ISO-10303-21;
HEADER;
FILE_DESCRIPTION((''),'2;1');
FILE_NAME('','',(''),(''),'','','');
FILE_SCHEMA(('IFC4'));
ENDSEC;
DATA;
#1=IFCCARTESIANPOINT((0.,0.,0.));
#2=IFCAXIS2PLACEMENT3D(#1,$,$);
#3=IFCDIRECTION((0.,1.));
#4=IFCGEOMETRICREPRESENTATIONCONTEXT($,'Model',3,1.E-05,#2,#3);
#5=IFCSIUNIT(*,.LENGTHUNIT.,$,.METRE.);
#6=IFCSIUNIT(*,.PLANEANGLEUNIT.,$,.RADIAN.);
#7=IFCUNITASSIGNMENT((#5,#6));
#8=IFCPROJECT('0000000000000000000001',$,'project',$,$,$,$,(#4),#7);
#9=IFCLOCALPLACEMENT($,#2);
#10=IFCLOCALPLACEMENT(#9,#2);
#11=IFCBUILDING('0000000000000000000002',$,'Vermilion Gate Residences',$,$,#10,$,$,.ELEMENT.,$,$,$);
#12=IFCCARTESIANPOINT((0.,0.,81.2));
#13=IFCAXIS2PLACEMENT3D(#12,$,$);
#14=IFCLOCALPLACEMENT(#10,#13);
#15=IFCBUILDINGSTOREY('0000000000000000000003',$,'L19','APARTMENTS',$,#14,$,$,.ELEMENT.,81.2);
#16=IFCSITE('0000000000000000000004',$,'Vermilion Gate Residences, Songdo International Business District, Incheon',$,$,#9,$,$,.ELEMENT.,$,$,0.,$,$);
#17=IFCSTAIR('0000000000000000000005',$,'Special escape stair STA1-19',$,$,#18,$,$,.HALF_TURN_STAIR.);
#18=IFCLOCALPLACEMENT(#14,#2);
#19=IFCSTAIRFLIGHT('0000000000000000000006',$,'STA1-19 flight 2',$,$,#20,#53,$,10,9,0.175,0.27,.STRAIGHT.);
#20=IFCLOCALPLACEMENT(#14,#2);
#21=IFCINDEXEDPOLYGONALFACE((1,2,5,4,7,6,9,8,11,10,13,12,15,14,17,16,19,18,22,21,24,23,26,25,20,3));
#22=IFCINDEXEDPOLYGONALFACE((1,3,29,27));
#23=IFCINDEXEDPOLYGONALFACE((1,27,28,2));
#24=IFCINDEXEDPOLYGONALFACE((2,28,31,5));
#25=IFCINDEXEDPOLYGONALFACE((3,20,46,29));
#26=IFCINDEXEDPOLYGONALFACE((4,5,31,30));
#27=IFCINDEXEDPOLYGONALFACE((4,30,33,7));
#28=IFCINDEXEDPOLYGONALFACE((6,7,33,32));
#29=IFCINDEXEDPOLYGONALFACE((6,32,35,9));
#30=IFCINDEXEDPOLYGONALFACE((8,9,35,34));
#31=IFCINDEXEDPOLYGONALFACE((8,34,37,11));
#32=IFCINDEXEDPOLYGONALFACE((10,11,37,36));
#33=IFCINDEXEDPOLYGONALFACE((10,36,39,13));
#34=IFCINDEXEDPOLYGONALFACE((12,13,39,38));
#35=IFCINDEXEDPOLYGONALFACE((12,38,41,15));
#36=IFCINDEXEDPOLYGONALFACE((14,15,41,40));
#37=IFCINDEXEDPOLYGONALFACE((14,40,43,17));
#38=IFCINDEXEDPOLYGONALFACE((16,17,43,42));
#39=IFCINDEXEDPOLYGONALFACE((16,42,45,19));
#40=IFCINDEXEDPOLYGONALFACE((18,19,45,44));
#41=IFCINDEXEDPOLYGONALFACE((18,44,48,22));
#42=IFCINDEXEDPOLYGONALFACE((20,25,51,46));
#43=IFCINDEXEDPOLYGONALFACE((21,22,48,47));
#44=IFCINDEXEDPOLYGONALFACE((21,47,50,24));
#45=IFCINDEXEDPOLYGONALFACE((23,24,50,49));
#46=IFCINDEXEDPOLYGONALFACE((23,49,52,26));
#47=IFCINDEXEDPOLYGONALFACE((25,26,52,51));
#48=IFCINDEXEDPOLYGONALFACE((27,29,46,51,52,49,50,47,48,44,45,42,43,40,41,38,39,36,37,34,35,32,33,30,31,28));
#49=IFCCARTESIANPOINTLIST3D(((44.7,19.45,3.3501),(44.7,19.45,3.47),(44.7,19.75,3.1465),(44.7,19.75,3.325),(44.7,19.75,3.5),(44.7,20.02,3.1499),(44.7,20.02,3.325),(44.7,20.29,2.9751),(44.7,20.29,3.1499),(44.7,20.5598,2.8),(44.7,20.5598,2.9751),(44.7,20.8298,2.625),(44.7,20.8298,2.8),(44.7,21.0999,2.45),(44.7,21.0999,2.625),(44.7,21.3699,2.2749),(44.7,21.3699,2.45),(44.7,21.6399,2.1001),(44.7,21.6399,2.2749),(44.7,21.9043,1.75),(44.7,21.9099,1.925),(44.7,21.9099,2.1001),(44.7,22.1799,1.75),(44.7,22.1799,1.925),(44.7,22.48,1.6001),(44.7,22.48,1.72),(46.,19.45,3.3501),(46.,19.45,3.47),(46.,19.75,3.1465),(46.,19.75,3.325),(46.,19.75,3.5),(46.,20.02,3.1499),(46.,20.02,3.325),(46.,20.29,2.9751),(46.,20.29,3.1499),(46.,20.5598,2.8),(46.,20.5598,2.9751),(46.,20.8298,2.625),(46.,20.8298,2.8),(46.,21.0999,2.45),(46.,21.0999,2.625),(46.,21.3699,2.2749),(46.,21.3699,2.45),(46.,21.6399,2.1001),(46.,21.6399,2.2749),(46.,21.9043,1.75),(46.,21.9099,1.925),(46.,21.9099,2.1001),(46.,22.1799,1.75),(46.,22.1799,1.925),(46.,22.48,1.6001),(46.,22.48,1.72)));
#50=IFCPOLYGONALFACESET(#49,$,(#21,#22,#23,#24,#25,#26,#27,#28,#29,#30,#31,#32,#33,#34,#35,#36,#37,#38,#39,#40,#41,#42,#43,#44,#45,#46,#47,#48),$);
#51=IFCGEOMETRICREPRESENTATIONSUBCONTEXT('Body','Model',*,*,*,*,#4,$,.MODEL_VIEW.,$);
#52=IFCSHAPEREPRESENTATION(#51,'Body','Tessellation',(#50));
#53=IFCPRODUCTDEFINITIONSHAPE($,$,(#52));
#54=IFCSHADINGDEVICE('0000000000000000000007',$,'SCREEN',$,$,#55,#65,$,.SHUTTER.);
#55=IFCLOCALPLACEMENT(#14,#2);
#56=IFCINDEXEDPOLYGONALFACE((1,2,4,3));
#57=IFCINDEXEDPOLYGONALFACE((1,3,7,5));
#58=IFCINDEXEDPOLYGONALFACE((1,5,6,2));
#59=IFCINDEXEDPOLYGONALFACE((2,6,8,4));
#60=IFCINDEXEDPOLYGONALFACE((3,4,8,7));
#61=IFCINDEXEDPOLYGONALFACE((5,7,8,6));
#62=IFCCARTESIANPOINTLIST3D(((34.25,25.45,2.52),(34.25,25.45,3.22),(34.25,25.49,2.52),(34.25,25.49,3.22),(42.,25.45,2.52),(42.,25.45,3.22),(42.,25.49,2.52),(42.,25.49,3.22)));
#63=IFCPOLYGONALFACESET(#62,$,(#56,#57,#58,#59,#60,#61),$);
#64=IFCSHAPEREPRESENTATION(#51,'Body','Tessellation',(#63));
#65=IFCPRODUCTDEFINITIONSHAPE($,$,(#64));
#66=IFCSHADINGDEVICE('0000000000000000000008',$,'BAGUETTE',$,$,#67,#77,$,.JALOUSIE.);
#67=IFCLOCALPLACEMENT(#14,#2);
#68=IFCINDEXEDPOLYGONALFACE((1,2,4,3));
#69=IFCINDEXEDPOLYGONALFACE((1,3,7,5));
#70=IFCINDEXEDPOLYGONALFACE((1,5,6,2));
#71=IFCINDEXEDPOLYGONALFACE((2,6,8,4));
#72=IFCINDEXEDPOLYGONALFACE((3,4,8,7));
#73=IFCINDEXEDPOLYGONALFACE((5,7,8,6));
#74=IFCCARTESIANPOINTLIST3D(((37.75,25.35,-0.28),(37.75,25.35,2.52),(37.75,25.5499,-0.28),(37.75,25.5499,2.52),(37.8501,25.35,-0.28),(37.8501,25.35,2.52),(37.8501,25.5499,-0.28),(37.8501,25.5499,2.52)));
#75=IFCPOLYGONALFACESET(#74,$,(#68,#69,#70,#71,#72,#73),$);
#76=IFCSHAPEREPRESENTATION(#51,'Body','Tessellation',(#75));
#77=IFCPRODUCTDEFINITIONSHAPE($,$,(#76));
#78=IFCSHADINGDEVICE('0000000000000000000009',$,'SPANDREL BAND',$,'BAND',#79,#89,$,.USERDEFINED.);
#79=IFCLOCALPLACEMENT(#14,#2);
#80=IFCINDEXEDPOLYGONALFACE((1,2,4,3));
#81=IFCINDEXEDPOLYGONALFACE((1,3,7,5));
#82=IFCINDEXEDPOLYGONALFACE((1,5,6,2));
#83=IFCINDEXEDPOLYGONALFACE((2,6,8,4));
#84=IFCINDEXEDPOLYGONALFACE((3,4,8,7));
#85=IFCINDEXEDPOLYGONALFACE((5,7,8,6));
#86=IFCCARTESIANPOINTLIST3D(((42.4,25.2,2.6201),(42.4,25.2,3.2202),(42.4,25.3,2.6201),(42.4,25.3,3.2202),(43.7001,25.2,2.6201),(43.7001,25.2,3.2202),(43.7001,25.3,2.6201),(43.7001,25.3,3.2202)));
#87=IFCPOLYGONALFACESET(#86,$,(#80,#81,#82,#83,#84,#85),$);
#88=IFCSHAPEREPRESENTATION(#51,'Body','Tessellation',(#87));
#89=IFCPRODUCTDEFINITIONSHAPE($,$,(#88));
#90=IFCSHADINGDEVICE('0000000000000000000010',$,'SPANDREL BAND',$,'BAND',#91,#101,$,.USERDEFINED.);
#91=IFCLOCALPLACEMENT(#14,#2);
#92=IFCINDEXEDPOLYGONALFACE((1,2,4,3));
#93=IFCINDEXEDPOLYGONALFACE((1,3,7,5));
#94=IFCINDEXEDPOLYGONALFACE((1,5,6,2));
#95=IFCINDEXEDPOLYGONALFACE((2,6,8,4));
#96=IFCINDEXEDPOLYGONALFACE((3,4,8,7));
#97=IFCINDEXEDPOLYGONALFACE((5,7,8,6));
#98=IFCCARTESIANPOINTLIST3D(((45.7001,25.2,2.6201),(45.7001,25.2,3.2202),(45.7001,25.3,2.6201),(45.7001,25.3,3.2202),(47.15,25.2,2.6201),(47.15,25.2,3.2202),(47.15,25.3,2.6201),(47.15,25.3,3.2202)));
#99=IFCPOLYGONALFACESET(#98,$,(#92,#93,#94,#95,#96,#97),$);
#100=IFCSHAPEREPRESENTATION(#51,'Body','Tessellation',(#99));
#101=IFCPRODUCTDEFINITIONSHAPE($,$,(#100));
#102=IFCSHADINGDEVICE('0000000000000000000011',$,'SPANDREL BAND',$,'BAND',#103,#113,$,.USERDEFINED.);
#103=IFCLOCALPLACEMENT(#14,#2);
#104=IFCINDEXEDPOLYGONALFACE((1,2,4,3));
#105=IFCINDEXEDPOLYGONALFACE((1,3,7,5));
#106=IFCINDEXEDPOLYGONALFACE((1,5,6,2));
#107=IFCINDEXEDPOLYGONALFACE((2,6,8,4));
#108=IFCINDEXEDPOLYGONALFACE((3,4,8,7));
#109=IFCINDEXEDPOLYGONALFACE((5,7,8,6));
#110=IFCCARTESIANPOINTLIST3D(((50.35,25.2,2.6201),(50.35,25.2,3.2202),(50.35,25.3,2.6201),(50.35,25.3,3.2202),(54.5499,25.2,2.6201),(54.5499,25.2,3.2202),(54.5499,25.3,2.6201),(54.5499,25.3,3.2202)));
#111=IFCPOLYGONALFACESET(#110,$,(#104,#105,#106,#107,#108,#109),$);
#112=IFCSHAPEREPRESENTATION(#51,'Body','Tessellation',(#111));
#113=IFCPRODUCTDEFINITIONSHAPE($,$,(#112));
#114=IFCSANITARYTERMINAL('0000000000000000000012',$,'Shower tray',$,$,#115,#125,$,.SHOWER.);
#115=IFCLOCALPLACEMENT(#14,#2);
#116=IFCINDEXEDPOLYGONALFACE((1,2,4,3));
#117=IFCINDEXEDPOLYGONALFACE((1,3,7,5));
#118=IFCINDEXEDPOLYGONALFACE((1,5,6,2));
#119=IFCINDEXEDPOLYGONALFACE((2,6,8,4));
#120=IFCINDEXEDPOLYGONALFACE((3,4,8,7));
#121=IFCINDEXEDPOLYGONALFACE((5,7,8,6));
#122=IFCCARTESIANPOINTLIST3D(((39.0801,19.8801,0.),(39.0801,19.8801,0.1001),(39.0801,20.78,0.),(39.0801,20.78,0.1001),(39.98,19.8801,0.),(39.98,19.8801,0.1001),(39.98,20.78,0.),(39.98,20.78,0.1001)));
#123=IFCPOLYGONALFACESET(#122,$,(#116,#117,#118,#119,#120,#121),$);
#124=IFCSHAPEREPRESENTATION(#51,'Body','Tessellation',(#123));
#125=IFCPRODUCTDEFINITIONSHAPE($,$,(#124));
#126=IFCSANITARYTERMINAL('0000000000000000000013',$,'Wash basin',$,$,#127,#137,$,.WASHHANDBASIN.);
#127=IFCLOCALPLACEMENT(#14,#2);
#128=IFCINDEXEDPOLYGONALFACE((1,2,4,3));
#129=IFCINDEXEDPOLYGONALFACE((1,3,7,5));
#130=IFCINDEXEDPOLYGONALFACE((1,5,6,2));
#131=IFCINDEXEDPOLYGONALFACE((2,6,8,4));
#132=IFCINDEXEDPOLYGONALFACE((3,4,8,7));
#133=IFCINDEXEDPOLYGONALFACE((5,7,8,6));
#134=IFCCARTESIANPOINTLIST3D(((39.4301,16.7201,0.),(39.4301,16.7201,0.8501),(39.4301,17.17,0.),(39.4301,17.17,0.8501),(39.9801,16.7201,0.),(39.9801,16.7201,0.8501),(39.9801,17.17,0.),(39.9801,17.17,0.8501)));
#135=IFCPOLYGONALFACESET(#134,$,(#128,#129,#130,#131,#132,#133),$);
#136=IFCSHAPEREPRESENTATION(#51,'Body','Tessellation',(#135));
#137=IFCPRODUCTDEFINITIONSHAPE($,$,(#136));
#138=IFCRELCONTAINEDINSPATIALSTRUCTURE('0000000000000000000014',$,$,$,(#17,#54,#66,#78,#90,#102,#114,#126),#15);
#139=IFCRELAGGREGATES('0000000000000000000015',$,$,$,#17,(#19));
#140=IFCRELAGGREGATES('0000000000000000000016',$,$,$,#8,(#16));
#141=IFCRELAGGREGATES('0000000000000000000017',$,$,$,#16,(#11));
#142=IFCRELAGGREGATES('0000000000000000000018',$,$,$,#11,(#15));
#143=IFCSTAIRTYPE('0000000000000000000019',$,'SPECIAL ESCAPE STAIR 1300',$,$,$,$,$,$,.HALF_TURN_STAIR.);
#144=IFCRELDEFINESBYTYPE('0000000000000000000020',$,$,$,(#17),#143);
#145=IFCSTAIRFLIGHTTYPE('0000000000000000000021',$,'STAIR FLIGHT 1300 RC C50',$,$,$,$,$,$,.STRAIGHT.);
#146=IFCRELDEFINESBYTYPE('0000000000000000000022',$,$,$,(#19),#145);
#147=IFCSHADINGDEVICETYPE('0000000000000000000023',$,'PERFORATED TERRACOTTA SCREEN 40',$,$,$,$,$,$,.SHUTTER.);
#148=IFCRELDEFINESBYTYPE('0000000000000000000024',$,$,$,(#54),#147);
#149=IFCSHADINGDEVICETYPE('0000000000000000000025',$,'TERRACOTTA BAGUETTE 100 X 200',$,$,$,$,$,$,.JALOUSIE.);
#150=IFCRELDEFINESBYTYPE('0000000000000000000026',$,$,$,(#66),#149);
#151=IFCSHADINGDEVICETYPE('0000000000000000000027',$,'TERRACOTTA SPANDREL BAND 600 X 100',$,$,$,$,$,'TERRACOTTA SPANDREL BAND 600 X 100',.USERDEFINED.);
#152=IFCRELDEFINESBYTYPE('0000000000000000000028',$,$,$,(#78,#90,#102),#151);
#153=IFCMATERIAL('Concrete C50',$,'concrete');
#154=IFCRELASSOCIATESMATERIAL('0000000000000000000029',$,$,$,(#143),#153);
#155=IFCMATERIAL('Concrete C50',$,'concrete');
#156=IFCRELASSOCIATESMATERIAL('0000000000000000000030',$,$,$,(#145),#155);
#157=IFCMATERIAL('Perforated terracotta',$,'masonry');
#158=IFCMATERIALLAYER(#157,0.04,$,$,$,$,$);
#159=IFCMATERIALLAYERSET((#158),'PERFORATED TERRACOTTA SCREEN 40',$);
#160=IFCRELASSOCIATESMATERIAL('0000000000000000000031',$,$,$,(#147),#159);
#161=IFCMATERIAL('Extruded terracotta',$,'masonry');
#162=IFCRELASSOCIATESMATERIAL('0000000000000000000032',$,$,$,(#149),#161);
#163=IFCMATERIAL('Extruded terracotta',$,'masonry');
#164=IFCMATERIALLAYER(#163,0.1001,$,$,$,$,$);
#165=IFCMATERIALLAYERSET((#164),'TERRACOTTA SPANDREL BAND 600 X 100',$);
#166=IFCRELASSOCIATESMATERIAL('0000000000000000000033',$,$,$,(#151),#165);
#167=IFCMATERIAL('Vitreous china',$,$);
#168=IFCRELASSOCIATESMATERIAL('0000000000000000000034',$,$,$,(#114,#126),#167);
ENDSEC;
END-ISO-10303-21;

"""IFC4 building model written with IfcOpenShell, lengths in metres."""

from ifc_helpers import new_model, si_unit, direction, frame, origin, origin_2d, place, context, subcontext, project, spatial, polyline, rectangle, outline, extrude, material, layer, layer_set, material_profile, profile_set, type_object, element, aggregate, save


model = new_model("IFC4")

# Units and contexts
model_context = context("Model", 3, precision=1e-05, world=origin(), true_north=direction((0.0, 1.0)))
body_context = subcontext(model_context, "Body", "Model", "MODEL_VIEW")
ifc_project = project(units=[si_unit("LENGTHUNIT", "METRE"), si_unit("PLANEANGLEUNIT", "RADIAN")], contexts=[model_context])

# Site, building, storey
site_placement = place(None, origin())
site = spatial("IfcSite", under=ifc_project, at=site_placement, Name="Vermilion Gate Residences, Songdo International Business District, Incheon", CompositionType="ELEMENT", RefElevation=0.0)
building_placement = place(site_placement, origin())
building = spatial("IfcBuilding", under=site, at=building_placement, Name="Vermilion Gate Residences", CompositionType="ELEMENT")
storey_placement = place(building_placement, frame((0.0, 0.0, 81.2)))
storey = spatial("IfcBuildingStorey", under=building, at=storey_placement, Name="L19", Description="APARTMENTS", CompositionType="ELEMENT", Elevation=81.2)

# Stair, stair flight
ifc_material_1 = material(Name="Concrete C50", Category="concrete")
stair_type = type_object("IfcStairType", Name="SPECIAL ESCAPE STAIR 1300", PredefinedType="HALF_TURN_STAIR", material=ifc_material_1)
stair_placement = place(storey_placement, origin())
stair = element("IfcStair", 1, at=stair_placement, inside=storey, type_object=stair_type, Name="Special escape stair STA1-19", PredefinedType="HALF_TURN_STAIR")
ifc_material_2 = material(Name="Concrete C50", Category="concrete")
stair_flight_type = type_object("IfcStairFlightType", Name="STAIR FLIGHT 1300 RC C50", PredefinedType="STRAIGHT", material=ifc_material_2)
stair_flight_1_placement = place(storey_placement, frame((45.3501, 22.1799, 1.75), z_axis=(0.0, 0.0, 1.0), x_axis=(0.0, -1.0, 0.0)))
stair_flight_1 = element("IfcStairFlight", 2, at=stair_flight_1_placement, type_object=stair_flight_type, Name="STA1-19 flight 2", NumberOfRisers=10, NumberOfTreads=9, PredefinedType="STRAIGHT", RiserHeight=0.175, TreadLength=0.27, context=body_context, shape_type="SweptSolid", body=[
    extrude(outline(polyline([(-0.3, -0.1499), (-0.3, -0.03), (0.0, 0.0), (0.0, 0.175), (0.27, 0.175), (0.27, 0.3501), (0.54, 0.3501), (0.54, 0.5249), (0.8101, 0.5249), (0.8101, 0.7), (1.0801, 0.7), (1.0801, 0.875), (1.3501, 0.875), (1.3501, 1.05), (1.6201, 1.05), (1.6201, 1.2251), (1.8899, 1.2251), (1.8899, 1.3999), (2.1599, 1.3999), (2.1599, 1.575), (2.4299, 1.575), (2.4299, 1.75), (2.73, 1.72), (2.73, 1.6001), (2.4299, 1.3965), (0.2756, 0.0), (-0.3, -0.1499)])), frame((0.0, 0.6499, 0.0), z_axis=(0.0, -1.0, 0.0), x_axis=(1.0, 0.0, 0.0)), (0.0, 0.0, 1.0), 1.3),
])
aggregate(stair, [stair_flight_1])

# Shading device
ifc_material_3 = material(Name="Perforated terracotta", Category="masonry")
ifc_layer_1 = layer(ifc_material_3, 0.04)
ifc_layer_set_1 = layer_set([ifc_layer_1], Name="PERFORATED TERRACOTTA SCREEN 40")
shading_device_type_1 = type_object("IfcShadingDeviceType", Name="PERFORATED TERRACOTTA SCREEN 40", PredefinedType="SHUTTER", material=ifc_layer_set_1)
shading_device_1_placement = place(storey_placement, frame((38.125, 25.47, 2.52), z_axis=(0.0, 0.0, 1.0), x_axis=(-1.0, 0.0, 0.0)))
element("IfcShadingDevice", 3, at=shading_device_1_placement, inside=storey, type_object=shading_device_type_1, Name="SCREEN", PredefinedType="SHUTTER", context=body_context, shape_type="SweptSolid", body=[
    extrude(rectangle(XDim=7.75, YDim=0.04, at=origin_2d()), origin(), (0.0, 0.0, 1.0), 0.7),
])

# Shading devices
ifc_material_4 = material(Name="Extruded terracotta", Category="masonry")
ifc_material_profile = material_profile(ifc_material_4, rectangle(XDim=0.2, YDim=0.1001, at=origin_2d()), Name="BAGUETTE 100 X 200")
ifc_profile_set = profile_set([ifc_material_profile], Name="Extruded terracotta")
shading_device_type_2 = type_object("IfcShadingDeviceType", Name="TERRACOTTA BAGUETTE 100 X 200", PredefinedType="JALOUSIE", material=ifc_profile_set)
shading_device_2_placement = place(storey_placement, frame((37.8, 25.45, -0.28), z_axis=(0.0, 0.0, 1.0), x_axis=(0.0, -1.0, 0.0)))
element("IfcShadingDevice", 4, at=shading_device_2_placement, inside=storey, type_object=shading_device_type_2, Name="BAGUETTE", PredefinedType="JALOUSIE", context=body_context, shape_type="SweptSolid", body=[
    extrude(rectangle(XDim=0.2, YDim=0.1001, at=origin_2d()), origin(), (0.0, 0.0, 1.0), 2.8),
])
ifc_material_5 = material(Name="Extruded terracotta", Category="masonry")
ifc_layer_2 = layer(ifc_material_5, 0.1001)
ifc_layer_set_2 = layer_set([ifc_layer_2], Name="TERRACOTTA SPANDREL BAND 600 X 100")
shading_device_type_3 = type_object("IfcShadingDeviceType", Name="TERRACOTTA SPANDREL BAND 600 X 100", ElementType="TERRACOTTA SPANDREL BAND 600 X 100", PredefinedType="USERDEFINED", material=ifc_layer_set_2)
shading_device_3_placement = place(storey_placement, frame((43.05, 25.25, 2.6201), z_axis=(0.0, 0.0, 1.0), x_axis=(1.0, 0.0, 0.0)))
element("IfcShadingDevice", 5, at=shading_device_3_placement, inside=storey, type_object=shading_device_type_3, Name="SPANDREL BAND", ObjectType="BAND", PredefinedType="USERDEFINED", context=body_context, shape_type="SweptSolid", body=[
    extrude(rectangle(XDim=1.3, YDim=0.1001, at=origin_2d()), origin(), (0.0, 0.0, 1.0), 0.6001),
])
shading_device_4_placement = place(storey_placement, frame((46.425, 25.25, 2.6201), z_axis=(0.0, 0.0, 1.0), x_axis=(1.0, 0.0, 0.0)))
element("IfcShadingDevice", 6, at=shading_device_4_placement, inside=storey, type_object=shading_device_type_3, Name="SPANDREL BAND", ObjectType="BAND", PredefinedType="USERDEFINED", context=body_context, shape_type="SweptSolid", body=[
    extrude(rectangle(XDim=1.45, YDim=0.1001, at=origin_2d()), origin(), (0.0, 0.0, 1.0), 0.6001),
])
shading_device_5_placement = place(storey_placement, frame((52.45, 25.25, 2.6201), z_axis=(0.0, 0.0, 1.0), x_axis=(1.0, 0.0, 0.0)))
element("IfcShadingDevice", 7, at=shading_device_5_placement, inside=storey, type_object=shading_device_type_3, Name="SPANDREL BAND", ObjectType="BAND", PredefinedType="USERDEFINED", context=body_context, shape_type="SweptSolid", body=[
    extrude(rectangle(XDim=4.2, YDim=0.1001, at=origin_2d()), origin(), (0.0, 0.0, 1.0), 0.6001),
])

# Sanitary terminals
ifc_material_6 = material(Name="Vitreous china")
sanitary_terminal_1_placement = place(storey_placement, frame((39.53, 20.3301, 0.0), z_axis=(0.0, 0.0, 1.0), x_axis=(1.0, 0.0, 0.0)))
element("IfcSanitaryTerminal", 8, at=sanitary_terminal_1_placement, inside=storey, material=ifc_material_6, Name="Shower tray", PredefinedType="SHOWER", context=body_context, shape_type="SweptSolid", body=[
    extrude(rectangle(XDim=0.8999, YDim=0.8999, at=origin_2d()), origin(), (0.0, 0.0, 1.0), 0.1001),
])
sanitary_terminal_2_placement = place(storey_placement, frame((39.7051, 16.9451, 0.0), z_axis=(0.0, 0.0, 1.0), x_axis=(1.0, 0.0, 0.0)))
element("IfcSanitaryTerminal", 9, at=sanitary_terminal_2_placement, inside=storey, material=ifc_material_6, Name="Wash basin", PredefinedType="WASHHANDBASIN", context=body_context, shape_type="SweptSolid", body=[
    extrude(rectangle(XDim=0.55, YDim=0.45, at=origin_2d()), origin(), (0.0, 0.0, 1.0), 0.8501),
])

save(model, "model.ifc")
